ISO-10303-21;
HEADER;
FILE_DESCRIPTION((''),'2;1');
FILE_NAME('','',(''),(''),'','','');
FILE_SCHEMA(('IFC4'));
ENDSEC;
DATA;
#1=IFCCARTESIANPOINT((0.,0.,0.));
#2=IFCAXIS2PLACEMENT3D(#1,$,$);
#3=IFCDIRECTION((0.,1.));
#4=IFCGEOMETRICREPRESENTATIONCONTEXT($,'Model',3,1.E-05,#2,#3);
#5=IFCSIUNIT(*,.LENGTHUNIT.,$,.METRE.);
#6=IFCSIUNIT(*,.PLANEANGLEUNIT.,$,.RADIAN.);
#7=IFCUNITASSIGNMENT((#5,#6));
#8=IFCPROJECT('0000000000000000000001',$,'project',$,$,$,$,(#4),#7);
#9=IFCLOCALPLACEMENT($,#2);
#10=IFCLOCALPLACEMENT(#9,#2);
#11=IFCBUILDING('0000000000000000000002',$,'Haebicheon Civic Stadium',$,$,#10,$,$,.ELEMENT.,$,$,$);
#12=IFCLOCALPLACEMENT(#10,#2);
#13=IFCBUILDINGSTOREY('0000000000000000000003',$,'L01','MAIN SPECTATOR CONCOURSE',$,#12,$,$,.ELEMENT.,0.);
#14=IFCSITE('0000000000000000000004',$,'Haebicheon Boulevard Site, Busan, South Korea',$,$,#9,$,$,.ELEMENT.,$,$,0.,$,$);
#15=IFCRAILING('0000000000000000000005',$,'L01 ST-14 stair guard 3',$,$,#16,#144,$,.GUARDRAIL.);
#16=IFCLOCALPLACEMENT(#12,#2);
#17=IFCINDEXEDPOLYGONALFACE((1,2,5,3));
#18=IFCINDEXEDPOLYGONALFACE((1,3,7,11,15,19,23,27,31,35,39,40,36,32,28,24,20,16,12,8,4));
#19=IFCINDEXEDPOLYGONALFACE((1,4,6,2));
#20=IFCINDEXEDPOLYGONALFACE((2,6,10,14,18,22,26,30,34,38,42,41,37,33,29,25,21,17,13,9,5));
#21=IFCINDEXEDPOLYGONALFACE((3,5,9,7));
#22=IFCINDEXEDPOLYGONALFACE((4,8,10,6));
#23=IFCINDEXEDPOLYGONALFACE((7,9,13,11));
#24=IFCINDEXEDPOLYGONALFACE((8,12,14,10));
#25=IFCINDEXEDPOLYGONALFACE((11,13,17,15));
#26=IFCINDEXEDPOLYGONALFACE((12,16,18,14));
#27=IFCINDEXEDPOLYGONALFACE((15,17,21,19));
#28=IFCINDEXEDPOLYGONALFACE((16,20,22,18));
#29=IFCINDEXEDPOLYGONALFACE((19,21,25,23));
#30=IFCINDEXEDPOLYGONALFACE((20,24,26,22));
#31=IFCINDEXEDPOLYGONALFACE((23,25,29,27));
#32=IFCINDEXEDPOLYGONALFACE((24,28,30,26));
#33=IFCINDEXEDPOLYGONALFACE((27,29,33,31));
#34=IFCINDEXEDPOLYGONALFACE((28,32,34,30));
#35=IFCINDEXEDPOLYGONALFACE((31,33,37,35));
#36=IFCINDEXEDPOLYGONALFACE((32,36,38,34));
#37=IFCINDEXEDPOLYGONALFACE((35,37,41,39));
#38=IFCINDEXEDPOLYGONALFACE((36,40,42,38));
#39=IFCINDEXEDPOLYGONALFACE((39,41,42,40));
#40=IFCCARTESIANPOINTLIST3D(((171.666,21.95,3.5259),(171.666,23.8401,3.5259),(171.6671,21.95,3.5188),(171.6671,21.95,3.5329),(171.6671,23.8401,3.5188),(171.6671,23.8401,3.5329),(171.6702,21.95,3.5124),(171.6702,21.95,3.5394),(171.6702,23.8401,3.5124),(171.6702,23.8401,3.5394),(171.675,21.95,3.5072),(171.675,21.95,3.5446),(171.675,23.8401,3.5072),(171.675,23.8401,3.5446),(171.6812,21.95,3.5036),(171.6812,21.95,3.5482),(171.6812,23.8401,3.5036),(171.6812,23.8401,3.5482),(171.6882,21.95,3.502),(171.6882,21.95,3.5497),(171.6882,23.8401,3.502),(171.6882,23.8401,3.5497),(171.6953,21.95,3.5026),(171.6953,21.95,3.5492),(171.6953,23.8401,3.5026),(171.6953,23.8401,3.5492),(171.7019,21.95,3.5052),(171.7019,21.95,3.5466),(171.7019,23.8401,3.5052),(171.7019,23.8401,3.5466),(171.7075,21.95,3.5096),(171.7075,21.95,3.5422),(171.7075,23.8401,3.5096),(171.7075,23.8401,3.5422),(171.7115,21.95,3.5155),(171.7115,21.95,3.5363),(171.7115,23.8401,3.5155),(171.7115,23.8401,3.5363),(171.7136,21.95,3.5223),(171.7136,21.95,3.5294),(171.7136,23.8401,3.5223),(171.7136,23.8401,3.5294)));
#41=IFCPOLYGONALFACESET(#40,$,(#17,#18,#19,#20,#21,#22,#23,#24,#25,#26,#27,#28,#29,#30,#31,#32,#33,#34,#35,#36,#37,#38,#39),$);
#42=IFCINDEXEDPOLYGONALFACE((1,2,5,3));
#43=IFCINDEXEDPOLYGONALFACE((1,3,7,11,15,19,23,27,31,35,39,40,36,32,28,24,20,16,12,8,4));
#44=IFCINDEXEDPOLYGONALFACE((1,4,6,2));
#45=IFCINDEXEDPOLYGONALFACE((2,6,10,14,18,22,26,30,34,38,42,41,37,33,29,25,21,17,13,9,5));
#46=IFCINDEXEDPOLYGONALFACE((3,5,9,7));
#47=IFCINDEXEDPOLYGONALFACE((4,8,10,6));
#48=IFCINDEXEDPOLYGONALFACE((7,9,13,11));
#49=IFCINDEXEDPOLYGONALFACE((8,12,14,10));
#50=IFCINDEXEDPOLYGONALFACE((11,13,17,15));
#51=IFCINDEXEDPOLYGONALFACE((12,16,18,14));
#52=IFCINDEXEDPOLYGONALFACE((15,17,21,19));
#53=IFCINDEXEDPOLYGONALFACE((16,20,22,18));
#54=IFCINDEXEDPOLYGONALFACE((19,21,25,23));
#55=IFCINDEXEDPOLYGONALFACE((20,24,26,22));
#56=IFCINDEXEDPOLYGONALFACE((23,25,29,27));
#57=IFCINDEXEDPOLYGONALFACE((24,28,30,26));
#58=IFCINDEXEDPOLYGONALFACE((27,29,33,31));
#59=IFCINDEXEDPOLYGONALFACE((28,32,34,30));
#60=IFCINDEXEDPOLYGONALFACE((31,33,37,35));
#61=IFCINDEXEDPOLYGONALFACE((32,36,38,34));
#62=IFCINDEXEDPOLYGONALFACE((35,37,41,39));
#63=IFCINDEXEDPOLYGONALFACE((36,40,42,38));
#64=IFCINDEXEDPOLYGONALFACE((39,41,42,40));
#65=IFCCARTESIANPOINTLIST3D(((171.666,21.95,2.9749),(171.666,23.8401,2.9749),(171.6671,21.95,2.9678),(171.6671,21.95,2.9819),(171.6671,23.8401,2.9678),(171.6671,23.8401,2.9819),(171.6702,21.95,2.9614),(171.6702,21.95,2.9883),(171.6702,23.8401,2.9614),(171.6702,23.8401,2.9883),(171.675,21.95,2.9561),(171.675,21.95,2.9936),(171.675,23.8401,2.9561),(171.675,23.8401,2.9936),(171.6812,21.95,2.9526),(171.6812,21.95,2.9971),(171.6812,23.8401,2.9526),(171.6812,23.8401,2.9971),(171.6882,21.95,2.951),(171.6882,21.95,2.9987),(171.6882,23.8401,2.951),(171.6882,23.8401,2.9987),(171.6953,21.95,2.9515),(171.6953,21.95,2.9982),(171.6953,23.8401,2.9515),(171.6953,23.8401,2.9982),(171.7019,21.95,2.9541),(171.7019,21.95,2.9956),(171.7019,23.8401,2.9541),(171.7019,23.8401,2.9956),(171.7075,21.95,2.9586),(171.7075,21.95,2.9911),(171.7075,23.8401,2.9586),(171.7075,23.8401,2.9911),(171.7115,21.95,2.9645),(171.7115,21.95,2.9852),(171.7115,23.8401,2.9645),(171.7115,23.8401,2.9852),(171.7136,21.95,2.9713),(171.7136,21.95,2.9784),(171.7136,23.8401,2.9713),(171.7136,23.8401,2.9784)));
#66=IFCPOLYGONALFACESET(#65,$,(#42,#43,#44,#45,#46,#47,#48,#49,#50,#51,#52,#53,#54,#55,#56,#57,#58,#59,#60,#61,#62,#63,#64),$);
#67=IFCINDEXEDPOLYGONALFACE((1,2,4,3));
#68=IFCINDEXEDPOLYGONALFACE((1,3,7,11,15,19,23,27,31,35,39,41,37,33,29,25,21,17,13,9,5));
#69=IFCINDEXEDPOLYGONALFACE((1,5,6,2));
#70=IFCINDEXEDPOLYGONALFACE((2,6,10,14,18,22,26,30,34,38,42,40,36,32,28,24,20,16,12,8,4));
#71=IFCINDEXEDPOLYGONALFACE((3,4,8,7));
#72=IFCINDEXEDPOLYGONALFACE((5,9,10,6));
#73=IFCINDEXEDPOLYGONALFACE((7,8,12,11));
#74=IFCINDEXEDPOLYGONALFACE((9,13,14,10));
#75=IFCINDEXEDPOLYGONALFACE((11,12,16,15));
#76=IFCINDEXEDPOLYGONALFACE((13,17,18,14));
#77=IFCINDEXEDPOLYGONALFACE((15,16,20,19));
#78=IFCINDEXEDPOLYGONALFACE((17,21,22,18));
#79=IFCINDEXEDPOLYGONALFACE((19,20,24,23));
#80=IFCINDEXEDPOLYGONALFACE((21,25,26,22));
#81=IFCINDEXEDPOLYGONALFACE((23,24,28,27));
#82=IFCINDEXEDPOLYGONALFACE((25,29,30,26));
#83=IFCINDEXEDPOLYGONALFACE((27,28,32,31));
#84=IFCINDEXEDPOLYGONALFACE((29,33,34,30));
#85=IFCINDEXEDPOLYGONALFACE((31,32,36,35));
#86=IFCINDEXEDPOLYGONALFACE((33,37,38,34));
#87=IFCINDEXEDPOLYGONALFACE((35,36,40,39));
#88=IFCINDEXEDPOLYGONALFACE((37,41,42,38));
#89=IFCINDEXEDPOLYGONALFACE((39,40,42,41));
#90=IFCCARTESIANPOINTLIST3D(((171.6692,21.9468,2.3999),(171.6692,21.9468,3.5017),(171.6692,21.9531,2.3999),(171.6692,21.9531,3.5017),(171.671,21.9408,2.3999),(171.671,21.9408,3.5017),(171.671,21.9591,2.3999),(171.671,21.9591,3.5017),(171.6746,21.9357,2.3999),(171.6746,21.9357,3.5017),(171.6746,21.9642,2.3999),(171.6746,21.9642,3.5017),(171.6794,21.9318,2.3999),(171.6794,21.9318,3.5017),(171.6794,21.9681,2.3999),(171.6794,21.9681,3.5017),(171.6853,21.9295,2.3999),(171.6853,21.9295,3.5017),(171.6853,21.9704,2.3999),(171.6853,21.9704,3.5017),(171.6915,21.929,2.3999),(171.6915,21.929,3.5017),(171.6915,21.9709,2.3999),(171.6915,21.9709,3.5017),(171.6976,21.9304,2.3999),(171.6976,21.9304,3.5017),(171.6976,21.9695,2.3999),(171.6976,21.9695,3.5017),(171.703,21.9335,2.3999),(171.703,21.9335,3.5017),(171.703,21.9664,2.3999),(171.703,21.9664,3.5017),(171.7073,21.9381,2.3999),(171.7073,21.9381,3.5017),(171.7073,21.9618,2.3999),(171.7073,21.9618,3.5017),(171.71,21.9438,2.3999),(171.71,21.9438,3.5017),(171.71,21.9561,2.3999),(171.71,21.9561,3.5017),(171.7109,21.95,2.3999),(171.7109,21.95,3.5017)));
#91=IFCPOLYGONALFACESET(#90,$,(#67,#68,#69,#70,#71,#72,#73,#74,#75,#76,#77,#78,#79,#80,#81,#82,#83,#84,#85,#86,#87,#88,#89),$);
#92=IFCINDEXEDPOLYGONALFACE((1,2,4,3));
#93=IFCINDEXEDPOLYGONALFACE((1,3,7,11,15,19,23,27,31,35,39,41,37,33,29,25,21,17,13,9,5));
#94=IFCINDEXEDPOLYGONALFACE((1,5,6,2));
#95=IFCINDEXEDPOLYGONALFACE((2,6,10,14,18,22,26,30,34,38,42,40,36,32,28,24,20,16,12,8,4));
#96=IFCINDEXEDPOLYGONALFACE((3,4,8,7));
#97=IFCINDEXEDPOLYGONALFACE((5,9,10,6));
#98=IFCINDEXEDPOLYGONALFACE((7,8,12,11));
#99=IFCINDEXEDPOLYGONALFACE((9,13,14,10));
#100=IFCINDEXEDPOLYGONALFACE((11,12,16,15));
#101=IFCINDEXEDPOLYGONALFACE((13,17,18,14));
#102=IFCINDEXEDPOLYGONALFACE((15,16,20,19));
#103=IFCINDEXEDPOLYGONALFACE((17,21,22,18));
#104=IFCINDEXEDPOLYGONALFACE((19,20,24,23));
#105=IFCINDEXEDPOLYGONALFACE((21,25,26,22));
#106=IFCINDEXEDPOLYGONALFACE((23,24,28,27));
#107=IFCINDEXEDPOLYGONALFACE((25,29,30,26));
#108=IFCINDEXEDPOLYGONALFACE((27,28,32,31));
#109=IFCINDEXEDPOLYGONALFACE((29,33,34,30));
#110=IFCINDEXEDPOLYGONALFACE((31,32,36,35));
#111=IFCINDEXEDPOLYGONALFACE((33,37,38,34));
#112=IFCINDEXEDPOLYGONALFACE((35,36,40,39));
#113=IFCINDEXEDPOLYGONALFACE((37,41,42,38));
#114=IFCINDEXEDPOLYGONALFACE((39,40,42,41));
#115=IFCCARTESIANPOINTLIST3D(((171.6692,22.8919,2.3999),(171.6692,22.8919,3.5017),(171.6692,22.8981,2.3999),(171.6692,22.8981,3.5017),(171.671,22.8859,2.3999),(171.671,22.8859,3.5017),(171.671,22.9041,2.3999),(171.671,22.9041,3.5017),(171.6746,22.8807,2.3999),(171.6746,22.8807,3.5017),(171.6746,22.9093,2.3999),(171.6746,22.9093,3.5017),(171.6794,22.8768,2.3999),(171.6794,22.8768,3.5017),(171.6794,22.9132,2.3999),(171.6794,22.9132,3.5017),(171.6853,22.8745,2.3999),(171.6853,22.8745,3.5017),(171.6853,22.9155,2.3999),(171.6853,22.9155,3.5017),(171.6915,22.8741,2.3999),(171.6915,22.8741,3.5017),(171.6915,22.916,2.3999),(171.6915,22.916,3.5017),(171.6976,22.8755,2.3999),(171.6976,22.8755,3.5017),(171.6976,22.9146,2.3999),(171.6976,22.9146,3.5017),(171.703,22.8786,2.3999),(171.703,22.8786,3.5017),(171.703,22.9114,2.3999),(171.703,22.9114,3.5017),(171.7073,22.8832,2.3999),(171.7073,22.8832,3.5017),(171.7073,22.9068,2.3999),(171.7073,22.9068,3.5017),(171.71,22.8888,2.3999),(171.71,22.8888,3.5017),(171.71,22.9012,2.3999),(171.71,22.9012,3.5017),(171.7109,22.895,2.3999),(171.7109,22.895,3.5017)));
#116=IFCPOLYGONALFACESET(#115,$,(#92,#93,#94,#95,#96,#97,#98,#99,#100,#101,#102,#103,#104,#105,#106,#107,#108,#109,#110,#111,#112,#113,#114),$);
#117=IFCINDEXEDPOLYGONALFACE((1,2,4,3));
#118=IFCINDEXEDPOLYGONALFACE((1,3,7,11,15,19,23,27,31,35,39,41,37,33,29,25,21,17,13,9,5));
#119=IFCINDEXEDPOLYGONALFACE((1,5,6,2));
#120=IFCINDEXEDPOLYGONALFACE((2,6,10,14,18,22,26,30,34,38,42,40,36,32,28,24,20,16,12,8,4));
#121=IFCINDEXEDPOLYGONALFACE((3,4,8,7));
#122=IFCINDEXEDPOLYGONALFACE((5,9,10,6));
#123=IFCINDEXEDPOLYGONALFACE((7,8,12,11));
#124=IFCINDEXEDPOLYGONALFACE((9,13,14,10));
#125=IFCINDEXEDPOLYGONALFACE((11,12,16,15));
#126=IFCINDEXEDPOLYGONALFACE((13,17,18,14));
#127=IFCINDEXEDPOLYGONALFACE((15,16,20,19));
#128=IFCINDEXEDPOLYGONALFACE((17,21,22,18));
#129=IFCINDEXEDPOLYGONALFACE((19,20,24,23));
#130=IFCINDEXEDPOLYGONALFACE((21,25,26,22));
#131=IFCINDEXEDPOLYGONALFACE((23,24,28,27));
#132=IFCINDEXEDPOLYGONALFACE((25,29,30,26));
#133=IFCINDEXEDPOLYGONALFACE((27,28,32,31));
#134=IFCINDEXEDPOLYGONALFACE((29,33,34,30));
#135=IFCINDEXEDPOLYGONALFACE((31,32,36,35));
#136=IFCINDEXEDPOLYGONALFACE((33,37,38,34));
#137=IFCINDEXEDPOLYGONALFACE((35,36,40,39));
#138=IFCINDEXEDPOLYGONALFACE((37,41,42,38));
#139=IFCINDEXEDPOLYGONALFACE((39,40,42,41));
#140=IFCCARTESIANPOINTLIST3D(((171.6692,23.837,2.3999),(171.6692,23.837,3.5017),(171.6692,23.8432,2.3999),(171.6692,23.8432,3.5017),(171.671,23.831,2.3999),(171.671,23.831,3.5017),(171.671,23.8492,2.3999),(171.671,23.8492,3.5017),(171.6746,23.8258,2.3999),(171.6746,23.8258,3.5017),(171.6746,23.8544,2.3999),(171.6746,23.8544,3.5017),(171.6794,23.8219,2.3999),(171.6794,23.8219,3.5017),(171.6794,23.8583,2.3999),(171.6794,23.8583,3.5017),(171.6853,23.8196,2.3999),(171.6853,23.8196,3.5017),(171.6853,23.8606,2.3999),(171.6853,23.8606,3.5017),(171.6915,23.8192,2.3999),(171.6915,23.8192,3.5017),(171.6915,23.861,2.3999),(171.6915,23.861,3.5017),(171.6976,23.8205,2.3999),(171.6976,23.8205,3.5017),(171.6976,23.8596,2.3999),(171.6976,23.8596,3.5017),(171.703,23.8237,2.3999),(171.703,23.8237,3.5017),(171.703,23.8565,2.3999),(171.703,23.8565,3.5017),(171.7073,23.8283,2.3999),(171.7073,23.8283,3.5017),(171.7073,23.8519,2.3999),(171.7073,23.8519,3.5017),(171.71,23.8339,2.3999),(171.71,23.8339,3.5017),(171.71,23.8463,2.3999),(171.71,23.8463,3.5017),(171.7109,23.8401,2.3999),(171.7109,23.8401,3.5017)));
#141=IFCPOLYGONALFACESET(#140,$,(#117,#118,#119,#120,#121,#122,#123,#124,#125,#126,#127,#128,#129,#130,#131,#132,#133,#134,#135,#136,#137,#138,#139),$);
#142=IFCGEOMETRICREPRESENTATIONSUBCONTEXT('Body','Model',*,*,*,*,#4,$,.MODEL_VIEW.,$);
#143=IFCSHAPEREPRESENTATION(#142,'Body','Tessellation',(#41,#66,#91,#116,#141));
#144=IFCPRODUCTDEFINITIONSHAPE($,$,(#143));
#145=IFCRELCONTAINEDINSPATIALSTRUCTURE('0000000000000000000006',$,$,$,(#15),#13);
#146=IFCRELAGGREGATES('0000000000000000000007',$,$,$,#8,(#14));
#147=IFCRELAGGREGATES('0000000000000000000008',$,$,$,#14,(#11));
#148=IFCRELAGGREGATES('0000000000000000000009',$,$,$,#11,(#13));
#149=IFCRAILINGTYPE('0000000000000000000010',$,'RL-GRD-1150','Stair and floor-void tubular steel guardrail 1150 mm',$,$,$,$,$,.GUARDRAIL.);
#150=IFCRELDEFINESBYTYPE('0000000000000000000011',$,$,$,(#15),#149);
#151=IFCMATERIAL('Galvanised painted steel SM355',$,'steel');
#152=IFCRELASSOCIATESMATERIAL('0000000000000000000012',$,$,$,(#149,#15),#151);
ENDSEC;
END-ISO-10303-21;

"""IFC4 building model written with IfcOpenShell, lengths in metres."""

from ifc_helpers import new_model, si_unit, direction, frame, origin, origin_2d, place, context, subcontext, project, spatial, circle, extrude, material, type_object, element, save


model = new_model("IFC4")

# Units and contexts
model_context = context("Model", 3, precision=1e-05, world=origin(), true_north=direction((0.0, 1.0)))
body_context = subcontext(model_context, "Body", "Model", "MODEL_VIEW")
ifc_project = project(units=[si_unit("LENGTHUNIT", "METRE"), si_unit("PLANEANGLEUNIT", "RADIAN")], contexts=[model_context])

# Site, building, storey
site_placement = place(None, origin())
site = spatial("IfcSite", under=ifc_project, at=site_placement, Name="Haebicheon Boulevard Site, Busan, South Korea", CompositionType="ELEMENT", RefElevation=0.0)
building_placement = place(site_placement, origin())
building = spatial("IfcBuilding", under=site, at=building_placement, Name="Haebicheon Civic Stadium", CompositionType="ELEMENT")
storey_placement = place(building_placement, origin())
storey = spatial("IfcBuildingStorey", under=building, at=storey_placement, Name="L01", Description="MAIN SPECTATOR CONCOURSE", CompositionType="ELEMENT", Elevation=0.0)

# Railing
ifc_material_1 = material(Name="Galvanised painted steel SM355", Category="steel")
railing_type_1 = type_object("IfcRailingType", Name="RL-GRD-1150", Description="Stair and floor-void tubular steel guardrail 1150 mm", PredefinedType="GUARDRAIL", material=ifc_material_1)
for number, where, name in (
    (1, (171.6899, 21.95, 2.3999), "L01 ST-14 stair guard 3"),
):
    element("IfcRailing", number, at=place(storey_placement, frame(where)), inside=storey, type_object=railing_type_1, material=ifc_material_1, Name=name, PredefinedType="GUARDRAIL", context=body_context, shape_type="SweptSolid", body=[
        extrude(circle(Radius=0.0239, at=origin_2d()), frame((0.0, 0.0, 1.126), z_axis=(0.0, 1.0, 0.0), x_axis=(-1.0, 0.0, 0.0)), (0.0, 0.0, 1.0), 1.8901),
        extrude(circle(Radius=0.0239, at=origin_2d()), frame((0.0, 0.0, 0.575), z_axis=(0.0, 1.0, 0.0), x_axis=(-1.0, 0.0, 0.0)), (0.0, 0.0, 1.0), 1.8901),
        extrude(circle(Radius=0.021, at=origin_2d()), origin(), (0.0, 0.0, 1.0), 1.1018),
        extrude(circle(Radius=0.021, at=origin_2d()), frame((0.0, 0.9451, 0.0)), (0.0, 0.0, 1.0), 1.1018),
        extrude(circle(Radius=0.021, at=origin_2d()), frame((0.0, 1.8901, 0.0)), (0.0, 0.0, 1.0), 1.1018),
    ])

save(model, "model.ifc")
